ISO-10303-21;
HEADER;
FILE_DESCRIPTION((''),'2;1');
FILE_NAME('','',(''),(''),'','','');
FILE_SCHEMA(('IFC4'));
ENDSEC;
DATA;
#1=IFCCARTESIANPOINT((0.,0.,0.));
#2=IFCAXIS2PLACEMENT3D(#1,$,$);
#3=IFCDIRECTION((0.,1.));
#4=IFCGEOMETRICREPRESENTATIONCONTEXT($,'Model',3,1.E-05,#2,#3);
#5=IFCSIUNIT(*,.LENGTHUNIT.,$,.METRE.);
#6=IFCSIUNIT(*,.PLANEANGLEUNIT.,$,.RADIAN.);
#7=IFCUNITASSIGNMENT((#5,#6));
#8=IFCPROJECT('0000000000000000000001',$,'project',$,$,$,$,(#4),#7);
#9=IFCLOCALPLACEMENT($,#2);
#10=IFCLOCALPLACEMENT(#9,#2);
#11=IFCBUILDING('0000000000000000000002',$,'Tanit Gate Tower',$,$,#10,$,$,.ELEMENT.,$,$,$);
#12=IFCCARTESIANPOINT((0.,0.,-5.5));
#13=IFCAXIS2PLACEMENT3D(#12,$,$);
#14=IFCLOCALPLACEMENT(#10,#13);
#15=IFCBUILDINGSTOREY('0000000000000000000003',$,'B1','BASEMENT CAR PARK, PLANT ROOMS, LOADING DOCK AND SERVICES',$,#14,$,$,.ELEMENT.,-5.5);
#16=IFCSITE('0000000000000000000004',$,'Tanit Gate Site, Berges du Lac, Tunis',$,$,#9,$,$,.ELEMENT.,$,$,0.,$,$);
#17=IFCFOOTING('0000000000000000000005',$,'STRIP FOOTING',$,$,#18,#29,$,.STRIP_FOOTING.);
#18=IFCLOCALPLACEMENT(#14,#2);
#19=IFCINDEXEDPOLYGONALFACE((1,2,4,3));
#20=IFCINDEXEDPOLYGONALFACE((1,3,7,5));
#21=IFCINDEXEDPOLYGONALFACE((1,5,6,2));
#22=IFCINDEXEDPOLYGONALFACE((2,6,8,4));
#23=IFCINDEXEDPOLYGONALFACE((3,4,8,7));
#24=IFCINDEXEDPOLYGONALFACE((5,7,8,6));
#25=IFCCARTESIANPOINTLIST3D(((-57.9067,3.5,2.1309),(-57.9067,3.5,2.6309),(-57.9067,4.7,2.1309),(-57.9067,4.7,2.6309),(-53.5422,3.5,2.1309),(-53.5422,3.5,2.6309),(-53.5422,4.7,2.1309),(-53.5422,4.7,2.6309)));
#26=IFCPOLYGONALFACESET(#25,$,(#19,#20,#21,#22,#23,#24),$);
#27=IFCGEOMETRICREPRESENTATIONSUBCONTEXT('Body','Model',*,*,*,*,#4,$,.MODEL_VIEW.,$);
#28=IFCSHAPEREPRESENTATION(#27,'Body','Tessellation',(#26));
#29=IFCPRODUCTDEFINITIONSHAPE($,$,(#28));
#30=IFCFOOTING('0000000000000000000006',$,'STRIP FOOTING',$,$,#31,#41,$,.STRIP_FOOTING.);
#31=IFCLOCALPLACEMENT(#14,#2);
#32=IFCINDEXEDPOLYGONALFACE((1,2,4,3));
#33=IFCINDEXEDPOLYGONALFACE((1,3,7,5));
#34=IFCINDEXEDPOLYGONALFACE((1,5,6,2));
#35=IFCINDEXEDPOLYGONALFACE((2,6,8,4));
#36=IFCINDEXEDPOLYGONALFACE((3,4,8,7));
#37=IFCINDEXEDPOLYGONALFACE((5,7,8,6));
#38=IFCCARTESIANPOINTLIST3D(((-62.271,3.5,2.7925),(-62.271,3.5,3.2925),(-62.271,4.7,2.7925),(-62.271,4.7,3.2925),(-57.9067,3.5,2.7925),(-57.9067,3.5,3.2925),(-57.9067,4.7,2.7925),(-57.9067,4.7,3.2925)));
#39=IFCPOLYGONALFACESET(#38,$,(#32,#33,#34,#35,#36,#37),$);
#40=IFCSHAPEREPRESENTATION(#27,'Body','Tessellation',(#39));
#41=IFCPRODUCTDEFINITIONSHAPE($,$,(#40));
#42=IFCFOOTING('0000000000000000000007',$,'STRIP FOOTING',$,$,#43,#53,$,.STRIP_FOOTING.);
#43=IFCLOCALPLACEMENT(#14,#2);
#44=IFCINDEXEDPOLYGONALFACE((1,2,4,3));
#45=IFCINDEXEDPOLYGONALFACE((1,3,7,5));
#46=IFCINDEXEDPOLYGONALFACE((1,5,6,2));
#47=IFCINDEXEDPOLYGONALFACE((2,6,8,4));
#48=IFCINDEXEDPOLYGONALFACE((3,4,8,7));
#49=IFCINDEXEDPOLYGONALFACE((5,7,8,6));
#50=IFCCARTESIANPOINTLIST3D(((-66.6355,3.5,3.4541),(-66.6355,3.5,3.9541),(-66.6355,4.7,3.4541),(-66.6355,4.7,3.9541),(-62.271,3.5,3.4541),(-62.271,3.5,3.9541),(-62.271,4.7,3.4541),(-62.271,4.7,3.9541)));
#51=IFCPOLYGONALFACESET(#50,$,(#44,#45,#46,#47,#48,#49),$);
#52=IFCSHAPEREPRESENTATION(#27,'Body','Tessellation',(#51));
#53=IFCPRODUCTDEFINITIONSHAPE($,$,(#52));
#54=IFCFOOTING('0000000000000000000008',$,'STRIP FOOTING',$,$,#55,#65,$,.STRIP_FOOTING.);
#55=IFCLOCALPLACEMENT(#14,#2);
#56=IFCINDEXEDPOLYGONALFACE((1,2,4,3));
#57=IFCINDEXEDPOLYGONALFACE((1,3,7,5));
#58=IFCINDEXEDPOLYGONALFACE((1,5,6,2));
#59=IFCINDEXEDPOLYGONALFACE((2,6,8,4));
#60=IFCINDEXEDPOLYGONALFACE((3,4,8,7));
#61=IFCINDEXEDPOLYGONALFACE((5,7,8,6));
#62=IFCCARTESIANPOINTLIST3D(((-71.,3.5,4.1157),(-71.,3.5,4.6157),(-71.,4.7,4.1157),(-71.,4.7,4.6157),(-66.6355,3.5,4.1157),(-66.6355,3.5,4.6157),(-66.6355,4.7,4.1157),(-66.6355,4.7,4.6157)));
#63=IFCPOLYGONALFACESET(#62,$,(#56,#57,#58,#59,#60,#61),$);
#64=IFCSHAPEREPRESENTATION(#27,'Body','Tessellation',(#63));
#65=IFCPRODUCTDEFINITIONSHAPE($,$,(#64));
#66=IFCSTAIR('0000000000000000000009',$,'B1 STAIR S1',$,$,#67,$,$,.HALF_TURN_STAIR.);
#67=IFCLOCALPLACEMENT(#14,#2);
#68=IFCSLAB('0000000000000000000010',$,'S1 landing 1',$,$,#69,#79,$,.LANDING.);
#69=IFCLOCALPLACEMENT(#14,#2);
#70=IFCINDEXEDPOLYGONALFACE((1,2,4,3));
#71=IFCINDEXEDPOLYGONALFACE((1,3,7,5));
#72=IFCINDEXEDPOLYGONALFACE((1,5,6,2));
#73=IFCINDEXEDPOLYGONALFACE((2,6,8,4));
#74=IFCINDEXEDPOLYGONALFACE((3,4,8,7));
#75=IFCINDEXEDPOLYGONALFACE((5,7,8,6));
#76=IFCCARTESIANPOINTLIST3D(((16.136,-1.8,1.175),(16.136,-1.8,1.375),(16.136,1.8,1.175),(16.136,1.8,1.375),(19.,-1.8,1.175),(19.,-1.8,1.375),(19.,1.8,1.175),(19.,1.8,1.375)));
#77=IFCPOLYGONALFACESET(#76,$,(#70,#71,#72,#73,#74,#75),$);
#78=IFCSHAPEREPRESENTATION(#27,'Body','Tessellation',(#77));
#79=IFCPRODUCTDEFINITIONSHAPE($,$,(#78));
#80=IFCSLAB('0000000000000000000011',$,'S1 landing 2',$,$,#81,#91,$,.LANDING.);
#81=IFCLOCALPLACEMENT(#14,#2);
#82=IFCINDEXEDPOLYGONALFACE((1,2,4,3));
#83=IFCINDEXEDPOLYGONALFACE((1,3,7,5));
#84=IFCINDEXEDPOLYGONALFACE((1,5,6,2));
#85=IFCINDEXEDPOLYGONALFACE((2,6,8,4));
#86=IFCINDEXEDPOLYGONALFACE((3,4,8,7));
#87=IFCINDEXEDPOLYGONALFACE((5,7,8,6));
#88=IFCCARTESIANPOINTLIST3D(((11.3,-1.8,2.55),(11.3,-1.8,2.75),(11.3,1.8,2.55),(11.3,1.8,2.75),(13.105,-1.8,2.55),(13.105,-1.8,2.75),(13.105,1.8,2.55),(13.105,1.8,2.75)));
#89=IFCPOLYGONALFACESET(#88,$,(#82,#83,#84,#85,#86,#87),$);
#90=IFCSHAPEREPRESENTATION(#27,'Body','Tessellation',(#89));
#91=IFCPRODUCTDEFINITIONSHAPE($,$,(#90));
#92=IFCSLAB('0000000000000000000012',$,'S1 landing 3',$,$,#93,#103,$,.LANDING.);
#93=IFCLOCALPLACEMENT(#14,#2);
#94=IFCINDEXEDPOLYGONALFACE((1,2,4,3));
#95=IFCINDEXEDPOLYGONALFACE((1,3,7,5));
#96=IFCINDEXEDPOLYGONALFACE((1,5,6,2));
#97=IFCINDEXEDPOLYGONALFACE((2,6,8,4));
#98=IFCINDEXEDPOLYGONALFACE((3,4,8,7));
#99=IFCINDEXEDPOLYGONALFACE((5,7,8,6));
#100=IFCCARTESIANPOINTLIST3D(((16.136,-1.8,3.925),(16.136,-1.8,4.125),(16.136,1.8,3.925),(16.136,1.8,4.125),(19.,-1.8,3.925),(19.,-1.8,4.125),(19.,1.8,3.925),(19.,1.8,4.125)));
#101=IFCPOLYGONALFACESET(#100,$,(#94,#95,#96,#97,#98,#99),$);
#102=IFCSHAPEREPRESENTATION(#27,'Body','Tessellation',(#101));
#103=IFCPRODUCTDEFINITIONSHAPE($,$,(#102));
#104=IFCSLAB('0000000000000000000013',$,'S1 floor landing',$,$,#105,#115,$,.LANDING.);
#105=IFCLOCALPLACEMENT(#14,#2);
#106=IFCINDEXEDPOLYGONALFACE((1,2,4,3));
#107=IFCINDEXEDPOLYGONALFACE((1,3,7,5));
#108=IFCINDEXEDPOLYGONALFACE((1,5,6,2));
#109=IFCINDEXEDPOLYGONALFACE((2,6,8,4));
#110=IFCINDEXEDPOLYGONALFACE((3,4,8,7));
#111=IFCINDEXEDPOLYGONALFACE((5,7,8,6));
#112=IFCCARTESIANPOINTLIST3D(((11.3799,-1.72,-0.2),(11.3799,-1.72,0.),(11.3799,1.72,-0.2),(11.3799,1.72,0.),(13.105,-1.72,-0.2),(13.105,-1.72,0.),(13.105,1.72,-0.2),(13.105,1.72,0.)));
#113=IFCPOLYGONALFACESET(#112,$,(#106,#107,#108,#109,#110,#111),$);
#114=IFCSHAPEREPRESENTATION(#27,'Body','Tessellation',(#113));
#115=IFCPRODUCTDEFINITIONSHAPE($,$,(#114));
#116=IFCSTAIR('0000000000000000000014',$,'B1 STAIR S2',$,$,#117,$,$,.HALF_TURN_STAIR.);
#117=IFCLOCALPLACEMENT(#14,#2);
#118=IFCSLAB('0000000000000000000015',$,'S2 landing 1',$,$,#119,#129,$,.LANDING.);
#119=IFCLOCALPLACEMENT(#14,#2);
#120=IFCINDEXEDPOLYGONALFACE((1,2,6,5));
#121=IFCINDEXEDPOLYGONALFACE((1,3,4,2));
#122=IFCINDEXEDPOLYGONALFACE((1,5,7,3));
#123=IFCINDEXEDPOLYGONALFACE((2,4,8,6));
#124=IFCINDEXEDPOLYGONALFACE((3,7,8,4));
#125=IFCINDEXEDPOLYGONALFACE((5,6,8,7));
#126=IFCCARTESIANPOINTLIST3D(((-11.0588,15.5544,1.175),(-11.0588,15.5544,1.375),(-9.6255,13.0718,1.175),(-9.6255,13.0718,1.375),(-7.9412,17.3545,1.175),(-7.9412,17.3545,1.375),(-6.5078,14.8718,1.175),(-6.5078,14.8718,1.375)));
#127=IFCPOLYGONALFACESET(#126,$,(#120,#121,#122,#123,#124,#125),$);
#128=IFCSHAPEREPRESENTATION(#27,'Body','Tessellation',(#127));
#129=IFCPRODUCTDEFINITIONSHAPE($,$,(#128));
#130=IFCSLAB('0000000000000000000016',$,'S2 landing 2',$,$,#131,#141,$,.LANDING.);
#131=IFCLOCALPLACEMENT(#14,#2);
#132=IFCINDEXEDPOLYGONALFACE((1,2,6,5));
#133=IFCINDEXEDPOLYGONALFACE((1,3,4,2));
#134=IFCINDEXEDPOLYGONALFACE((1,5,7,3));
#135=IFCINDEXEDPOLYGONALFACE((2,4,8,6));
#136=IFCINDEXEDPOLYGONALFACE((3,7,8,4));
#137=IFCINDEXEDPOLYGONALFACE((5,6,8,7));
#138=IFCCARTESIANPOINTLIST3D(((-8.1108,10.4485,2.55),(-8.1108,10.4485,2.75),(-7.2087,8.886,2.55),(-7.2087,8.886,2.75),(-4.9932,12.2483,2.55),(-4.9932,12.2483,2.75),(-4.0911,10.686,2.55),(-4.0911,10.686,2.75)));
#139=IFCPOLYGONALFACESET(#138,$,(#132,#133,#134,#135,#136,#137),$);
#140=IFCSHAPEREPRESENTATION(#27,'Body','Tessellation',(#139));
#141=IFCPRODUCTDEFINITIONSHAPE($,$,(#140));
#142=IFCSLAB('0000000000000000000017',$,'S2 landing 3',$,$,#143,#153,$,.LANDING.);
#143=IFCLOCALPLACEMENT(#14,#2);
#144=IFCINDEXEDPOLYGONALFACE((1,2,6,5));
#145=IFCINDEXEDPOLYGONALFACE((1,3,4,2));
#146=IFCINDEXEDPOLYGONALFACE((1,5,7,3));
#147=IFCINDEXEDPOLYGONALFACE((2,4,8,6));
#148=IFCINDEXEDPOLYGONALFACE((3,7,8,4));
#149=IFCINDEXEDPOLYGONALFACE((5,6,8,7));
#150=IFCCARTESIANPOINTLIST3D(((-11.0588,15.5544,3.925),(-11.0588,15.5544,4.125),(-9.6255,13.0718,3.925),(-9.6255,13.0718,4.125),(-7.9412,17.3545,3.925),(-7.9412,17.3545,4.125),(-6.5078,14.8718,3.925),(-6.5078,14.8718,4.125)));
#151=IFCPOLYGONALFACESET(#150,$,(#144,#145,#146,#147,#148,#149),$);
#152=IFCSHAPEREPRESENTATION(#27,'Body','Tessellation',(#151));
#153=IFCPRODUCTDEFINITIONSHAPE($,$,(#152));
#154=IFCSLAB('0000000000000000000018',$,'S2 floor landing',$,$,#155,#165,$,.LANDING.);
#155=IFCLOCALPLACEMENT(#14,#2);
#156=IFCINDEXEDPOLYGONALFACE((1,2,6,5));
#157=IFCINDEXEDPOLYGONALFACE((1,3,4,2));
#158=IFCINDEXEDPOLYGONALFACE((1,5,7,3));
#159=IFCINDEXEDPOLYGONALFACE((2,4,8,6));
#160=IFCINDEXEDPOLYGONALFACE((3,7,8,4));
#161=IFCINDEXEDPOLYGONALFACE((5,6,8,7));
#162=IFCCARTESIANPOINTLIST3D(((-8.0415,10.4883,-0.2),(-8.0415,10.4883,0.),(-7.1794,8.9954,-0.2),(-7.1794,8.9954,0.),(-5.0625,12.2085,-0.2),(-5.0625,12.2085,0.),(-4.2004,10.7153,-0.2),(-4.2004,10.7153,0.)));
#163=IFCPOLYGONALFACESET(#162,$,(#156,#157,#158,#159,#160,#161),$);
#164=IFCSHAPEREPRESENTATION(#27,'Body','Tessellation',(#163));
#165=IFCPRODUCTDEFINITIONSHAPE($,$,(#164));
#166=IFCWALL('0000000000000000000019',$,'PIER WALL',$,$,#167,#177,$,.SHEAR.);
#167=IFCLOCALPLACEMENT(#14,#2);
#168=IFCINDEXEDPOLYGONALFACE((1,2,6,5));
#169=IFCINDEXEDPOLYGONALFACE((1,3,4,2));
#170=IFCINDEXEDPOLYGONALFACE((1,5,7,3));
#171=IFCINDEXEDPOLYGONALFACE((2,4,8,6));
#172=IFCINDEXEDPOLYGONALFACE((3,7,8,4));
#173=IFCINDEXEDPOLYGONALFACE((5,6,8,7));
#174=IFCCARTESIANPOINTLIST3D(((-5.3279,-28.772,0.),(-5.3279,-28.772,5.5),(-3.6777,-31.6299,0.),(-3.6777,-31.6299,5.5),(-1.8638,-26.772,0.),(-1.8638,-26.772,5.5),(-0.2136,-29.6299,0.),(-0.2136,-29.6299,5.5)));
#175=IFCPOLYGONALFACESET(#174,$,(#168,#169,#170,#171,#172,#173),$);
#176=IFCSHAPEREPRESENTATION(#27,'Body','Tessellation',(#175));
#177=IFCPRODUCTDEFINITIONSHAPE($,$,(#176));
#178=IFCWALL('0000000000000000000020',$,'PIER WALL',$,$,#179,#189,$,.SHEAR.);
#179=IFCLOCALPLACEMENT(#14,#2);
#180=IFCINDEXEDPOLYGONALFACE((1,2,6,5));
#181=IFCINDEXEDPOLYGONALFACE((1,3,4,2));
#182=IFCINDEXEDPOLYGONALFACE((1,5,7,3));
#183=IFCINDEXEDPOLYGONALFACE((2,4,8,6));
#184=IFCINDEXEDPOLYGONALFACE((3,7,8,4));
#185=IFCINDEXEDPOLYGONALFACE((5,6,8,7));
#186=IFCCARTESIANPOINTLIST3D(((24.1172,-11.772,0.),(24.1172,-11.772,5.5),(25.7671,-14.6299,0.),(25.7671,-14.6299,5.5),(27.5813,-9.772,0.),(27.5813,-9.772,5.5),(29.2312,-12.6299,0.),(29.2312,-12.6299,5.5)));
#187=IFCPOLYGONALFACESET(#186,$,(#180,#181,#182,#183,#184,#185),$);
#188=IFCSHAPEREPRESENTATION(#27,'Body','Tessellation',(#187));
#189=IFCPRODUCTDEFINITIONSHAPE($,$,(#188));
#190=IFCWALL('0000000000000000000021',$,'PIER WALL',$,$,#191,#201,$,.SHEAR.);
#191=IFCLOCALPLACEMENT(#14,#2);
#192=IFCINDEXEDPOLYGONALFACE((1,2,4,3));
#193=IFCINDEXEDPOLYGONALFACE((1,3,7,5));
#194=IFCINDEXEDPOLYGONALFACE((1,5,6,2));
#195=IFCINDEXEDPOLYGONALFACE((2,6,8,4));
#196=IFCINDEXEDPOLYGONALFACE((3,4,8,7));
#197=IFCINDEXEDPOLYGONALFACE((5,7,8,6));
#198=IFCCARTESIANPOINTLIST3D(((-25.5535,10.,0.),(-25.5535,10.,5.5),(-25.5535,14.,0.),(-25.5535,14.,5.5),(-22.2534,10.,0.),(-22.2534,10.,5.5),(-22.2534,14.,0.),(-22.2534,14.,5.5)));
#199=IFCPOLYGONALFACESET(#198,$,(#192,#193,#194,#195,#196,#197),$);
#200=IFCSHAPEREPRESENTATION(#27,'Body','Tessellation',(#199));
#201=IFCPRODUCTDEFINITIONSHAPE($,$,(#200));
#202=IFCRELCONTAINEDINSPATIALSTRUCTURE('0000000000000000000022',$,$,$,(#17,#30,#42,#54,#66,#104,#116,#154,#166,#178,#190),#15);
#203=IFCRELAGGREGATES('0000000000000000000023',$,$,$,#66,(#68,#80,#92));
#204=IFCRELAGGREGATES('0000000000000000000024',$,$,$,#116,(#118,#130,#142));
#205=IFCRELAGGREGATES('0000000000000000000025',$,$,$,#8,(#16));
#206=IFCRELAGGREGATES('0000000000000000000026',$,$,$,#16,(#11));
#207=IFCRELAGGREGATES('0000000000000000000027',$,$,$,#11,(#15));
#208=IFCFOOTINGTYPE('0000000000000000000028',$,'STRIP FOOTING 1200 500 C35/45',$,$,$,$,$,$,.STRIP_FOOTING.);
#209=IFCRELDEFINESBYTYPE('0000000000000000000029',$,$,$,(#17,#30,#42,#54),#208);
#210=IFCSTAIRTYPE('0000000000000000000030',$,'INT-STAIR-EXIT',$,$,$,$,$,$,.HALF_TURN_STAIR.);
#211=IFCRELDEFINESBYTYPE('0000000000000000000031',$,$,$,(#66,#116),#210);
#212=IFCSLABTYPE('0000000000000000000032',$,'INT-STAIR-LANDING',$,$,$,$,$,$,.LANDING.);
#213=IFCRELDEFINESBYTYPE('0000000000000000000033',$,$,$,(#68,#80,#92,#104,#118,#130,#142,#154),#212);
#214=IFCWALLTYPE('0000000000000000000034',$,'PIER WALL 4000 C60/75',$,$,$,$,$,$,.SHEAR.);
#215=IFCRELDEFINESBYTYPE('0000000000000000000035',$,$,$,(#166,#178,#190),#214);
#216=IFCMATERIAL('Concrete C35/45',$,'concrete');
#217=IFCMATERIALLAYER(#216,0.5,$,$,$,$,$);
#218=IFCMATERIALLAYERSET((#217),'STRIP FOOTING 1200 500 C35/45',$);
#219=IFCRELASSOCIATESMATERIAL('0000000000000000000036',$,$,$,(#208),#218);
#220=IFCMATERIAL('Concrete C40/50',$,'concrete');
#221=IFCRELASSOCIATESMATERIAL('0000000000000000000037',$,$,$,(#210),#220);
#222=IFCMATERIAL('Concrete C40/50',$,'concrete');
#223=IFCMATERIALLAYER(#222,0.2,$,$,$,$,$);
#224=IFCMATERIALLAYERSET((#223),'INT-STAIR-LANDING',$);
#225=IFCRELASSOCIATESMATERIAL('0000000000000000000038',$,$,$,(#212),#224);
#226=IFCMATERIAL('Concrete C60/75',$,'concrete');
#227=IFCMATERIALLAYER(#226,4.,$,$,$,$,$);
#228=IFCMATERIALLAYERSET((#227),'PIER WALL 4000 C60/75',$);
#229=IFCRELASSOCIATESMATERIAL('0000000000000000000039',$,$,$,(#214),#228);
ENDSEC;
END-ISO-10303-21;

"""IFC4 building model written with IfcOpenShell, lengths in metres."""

from ifc_helpers import new_model, si_unit, direction, frame, origin, place, context, subcontext, project, spatial, polyline, outline, extrude, material, layer, layer_set, type_object, element, aggregate, save


model = new_model("IFC4")

# Units and contexts
model_context = context("Model", 3, precision=1e-05, world=origin(), true_north=direction((0.0, 1.0)))
body_context = subcontext(model_context, "Body", "Model", "MODEL_VIEW")
ifc_project = project(units=[si_unit("LENGTHUNIT", "METRE"), si_unit("PLANEANGLEUNIT", "RADIAN")], contexts=[model_context])

# Site, building, storey
site_placement = place(None, origin())
site = spatial("IfcSite", under=ifc_project, at=site_placement, Name="Tanit Gate Site, Berges du Lac, Tunis", CompositionType="ELEMENT", RefElevation=0.0)
building_placement = place(site_placement, origin())
building = spatial("IfcBuilding", under=site, at=building_placement, Name="Tanit Gate Tower", CompositionType="ELEMENT")
storey_placement = place(building_placement, frame((0.0, 0.0, -5.5)))
storey = spatial("IfcBuildingStorey", under=building, at=storey_placement, Name="B1", Description="BASEMENT CAR PARK, PLANT ROOMS, LOADING DOCK AND SERVICES", CompositionType="ELEMENT", Elevation=-5.5)

# Footings
ifc_material_1 = material(Name="Concrete C35/45", Category="concrete")
ifc_layer_1 = layer(ifc_material_1, 0.5)
ifc_layer_set_1 = layer_set([ifc_layer_1], Name="STRIP FOOTING 1200 500 C35/45")
footing_type = type_object("IfcFootingType", Name="STRIP FOOTING 1200 500 C35/45", PredefinedType="STRIP_FOOTING", material=ifc_layer_set_1)
footing_1_placement = place(storey_placement, frame((0.0, 0.0, 2.1309)))
element("IfcFooting", 1, at=footing_1_placement, inside=storey, type_object=footing_type, Name="STRIP FOOTING", PredefinedType="STRIP_FOOTING", context=body_context, shape_type="SweptSolid", body=[
    extrude(outline(polyline([(-53.5422, 3.5), (-57.9067, 3.5), (-57.9067, 4.7), (-53.5422, 4.7), (-53.5422, 3.5)])), origin(), (0.0, 0.0, 1.0), 0.5),
])
footing_2_placement = place(storey_placement, frame((0.0, 0.0, 2.7925)))
element("IfcFooting", 2, at=footing_2_placement, inside=storey, type_object=footing_type, Name="STRIP FOOTING", PredefinedType="STRIP_FOOTING", context=body_context, shape_type="SweptSolid", body=[
    extrude(outline(polyline([(-57.9067, 3.5), (-62.271, 3.5), (-62.271, 4.7), (-57.9067, 4.7), (-57.9067, 3.5)])), origin(), (0.0, 0.0, 1.0), 0.5),
])
footing_3_placement = place(storey_placement, frame((0.0, 0.0, 3.4541)))
element("IfcFooting", 3, at=footing_3_placement, inside=storey, type_object=footing_type, Name="STRIP FOOTING", PredefinedType="STRIP_FOOTING", context=body_context, shape_type="SweptSolid", body=[
    extrude(outline(polyline([(-62.271, 3.5), (-66.6355, 3.5), (-66.6355, 4.7), (-62.271, 4.7), (-62.271, 3.5)])), origin(), (0.0, 0.0, 1.0), 0.5),
])
footing_4_placement = place(storey_placement, frame((0.0, 0.0, 4.1157)))
element("IfcFooting", 4, at=footing_4_placement, inside=storey, type_object=footing_type, Name="STRIP FOOTING", PredefinedType="STRIP_FOOTING", context=body_context, shape_type="SweptSolid", body=[
    extrude(outline(polyline([(-66.6355, 3.5), (-71.0, 3.5), (-71.0, 4.7), (-66.6355, 4.7), (-66.6355, 3.5)])), origin(), (0.0, 0.0, 1.0), 0.5),
])

# Stair, slabs
ifc_material_2 = material(Name="Concrete C40/50", Category="concrete")
stair_type = type_object("IfcStairType", Name="INT-STAIR-EXIT", PredefinedType="HALF_TURN_STAIR", material=ifc_material_2)
stair_1_placement = place(storey_placement, origin())
stair_1 = element("IfcStair", 5, at=stair_1_placement, inside=storey, type_object=stair_type, Name="B1 STAIR S1", PredefinedType="HALF_TURN_STAIR")
ifc_material_3 = material(Name="Concrete C40/50", Category="concrete")
ifc_layer_2 = layer(ifc_material_3, 0.2)
ifc_layer_set_2 = layer_set([ifc_layer_2], Name="INT-STAIR-LANDING")
slab_type = type_object("IfcSlabType", Name="INT-STAIR-LANDING", PredefinedType="LANDING", material=ifc_layer_set_2)
slab_1_placement = place(storey_placement, frame((0.0, 0.0, 1.175)))
slab_1 = element("IfcSlab", 6, at=slab_1_placement, type_object=slab_type, Name="S1 landing 1", PredefinedType="LANDING", context=body_context, shape_type="SweptSolid", body=[
    extrude(outline(polyline([(16.136, -1.8), (19.0, -1.8), (19.0, 1.8), (16.136, 1.8), (16.136, -1.8)])), origin(), (0.0, 0.0, 1.0), 0.2),
])
slab_2_placement = place(storey_placement, frame((0.0, 0.0, 2.55)))
slab_2 = element("IfcSlab", 7, at=slab_2_placement, type_object=slab_type, Name="S1 landing 2", PredefinedType="LANDING", context=body_context, shape_type="SweptSolid", body=[
    extrude(outline(polyline([(11.3, -1.8), (13.105, -1.8), (13.105, 1.8), (11.3, 1.8), (11.3, -1.8)])), origin(), (0.0, 0.0, 1.0), 0.2),
])
slab_3_placement = place(storey_placement, frame((0.0, 0.0, 3.925)))
slab_3 = element("IfcSlab", 8, at=slab_3_placement, type_object=slab_type, Name="S1 landing 3", PredefinedType="LANDING", context=body_context, shape_type="SweptSolid", body=[
    extrude(outline(polyline([(16.136, -1.8), (19.0, -1.8), (19.0, 1.8), (16.136, 1.8), (16.136, -1.8)])), origin(), (0.0, 0.0, 1.0), 0.2),
])
aggregate(stair_1, [slab_1, slab_2, slab_3])

# Slab
slab_4_placement = place(storey_placement, frame((0.0, 0.0, -0.2)))
element("IfcSlab", 9, at=slab_4_placement, inside=storey, type_object=slab_type, Name="S1 floor landing", PredefinedType="LANDING", context=body_context, shape_type="SweptSolid", body=[
    extrude(outline(polyline([(11.3799, -1.72), (13.105, -1.72), (13.105, 1.72), (11.3799, 1.72), (11.3799, -1.72)])), origin(), (0.0, 0.0, 1.0), 0.2),
])

# Stair, slabs
stair_2_placement = place(storey_placement, origin())
stair_2 = element("IfcStair", 10, at=stair_2_placement, inside=storey, type_object=stair_type, Name="B1 STAIR S2", PredefinedType="HALF_TURN_STAIR")
slab_5_placement = place(storey_placement, frame((0.0, 0.0, 1.175)))
slab_5 = element("IfcSlab", 11, at=slab_5_placement, type_object=slab_type, Name="S2 landing 1", PredefinedType="LANDING", context=body_context, shape_type="SweptSolid", body=[
    extrude(outline(polyline([(-6.5078, 14.8718), (-7.9412, 17.3545), (-11.0588, 15.5544), (-9.6255, 13.0718), (-6.5078, 14.8718)])), origin(), (0.0, 0.0, 1.0), 0.2),
])
slab_6_placement = place(storey_placement, frame((0.0, 0.0, 2.55)))
slab_6 = element("IfcSlab", 12, at=slab_6_placement, type_object=slab_type, Name="S2 landing 2", PredefinedType="LANDING", context=body_context, shape_type="SweptSolid", body=[
    extrude(outline(polyline([(-4.0911, 10.686), (-4.9932, 12.2483), (-8.1108, 10.4485), (-7.2087, 8.886), (-4.0911, 10.686)])), origin(), (0.0, 0.0, 1.0), 0.2),
])
slab_7_placement = place(storey_placement, frame((0.0, 0.0, 3.925)))
slab_7 = element("IfcSlab", 13, at=slab_7_placement, type_object=slab_type, Name="S2 landing 3", PredefinedType="LANDING", context=body_context, shape_type="SweptSolid", body=[
    extrude(outline(polyline([(-6.5078, 14.8718), (-7.9412, 17.3545), (-11.0588, 15.5544), (-9.6255, 13.0718), (-6.5078, 14.8718)])), origin(), (0.0, 0.0, 1.0), 0.2),
])
aggregate(stair_2, [slab_5, slab_6, slab_7])

# Slab
slab_8_placement = place(storey_placement, frame((0.0, 0.0, -0.2)))
element("IfcSlab", 14, at=slab_8_placement, inside=storey, type_object=slab_type, Name="S2 floor landing", PredefinedType="LANDING", context=body_context, shape_type="SweptSolid", body=[
    extrude(outline(polyline([(-4.2004, 10.7153), (-5.0625, 12.2085), (-8.0415, 10.4883), (-7.1794, 8.9954), (-4.2004, 10.7153)])), origin(), (0.0, 0.0, 1.0), 0.2),
])

# Walls
ifc_material_4 = material(Name="Concrete C60/75", Category="concrete")
ifc_layer_3 = layer(ifc_material_4, 4.0)
ifc_layer_set_3 = layer_set([ifc_layer_3], Name="PIER WALL 4000 C60/75")
wall_type = type_object("IfcWallType", Name="PIER WALL 4000 C60/75", PredefinedType="SHEAR", material=ifc_layer_set_3)
wall_1_placement = place(storey_placement, origin())
element("IfcWall", 15, at=wall_1_placement, inside=storey, type_object=wall_type, Name="PIER WALL", PredefinedType="SHEAR", context=body_context, shape_type="SweptSolid", body=[
    extrude(outline(polyline([(-3.6777, -31.6299), (-0.2136, -29.6299), (-1.8638, -26.772), (-5.3279, -28.772), (-3.6777, -31.6299)])), origin(), (0.0, 0.0, 1.0), 5.5),
])
wall_2_placement = place(storey_placement, origin())
element("IfcWall", 16, at=wall_2_placement, inside=storey, type_object=wall_type, Name="PIER WALL", PredefinedType="SHEAR", context=body_context, shape_type="SweptSolid", body=[
    extrude(outline(polyline([(25.7671, -14.6299), (29.2312, -12.6299), (27.5813, -9.772), (24.1172, -11.772), (25.7671, -14.6299)])), origin(), (0.0, 0.0, 1.0), 5.5),
])
wall_3_placement = place(storey_placement, origin())
element("IfcWall", 17, at=wall_3_placement, inside=storey, type_object=wall_type, Name="PIER WALL", PredefinedType="SHEAR", context=body_context, shape_type="SweptSolid", body=[
    extrude(outline(polyline([(-25.5535, 14.0), (-25.5535, 10.0), (-22.2534, 10.0), (-22.2534, 14.0), (-25.5535, 14.0)])), origin(), (0.0, 0.0, 1.0), 5.5),
])

save(model, "model.ifc")
